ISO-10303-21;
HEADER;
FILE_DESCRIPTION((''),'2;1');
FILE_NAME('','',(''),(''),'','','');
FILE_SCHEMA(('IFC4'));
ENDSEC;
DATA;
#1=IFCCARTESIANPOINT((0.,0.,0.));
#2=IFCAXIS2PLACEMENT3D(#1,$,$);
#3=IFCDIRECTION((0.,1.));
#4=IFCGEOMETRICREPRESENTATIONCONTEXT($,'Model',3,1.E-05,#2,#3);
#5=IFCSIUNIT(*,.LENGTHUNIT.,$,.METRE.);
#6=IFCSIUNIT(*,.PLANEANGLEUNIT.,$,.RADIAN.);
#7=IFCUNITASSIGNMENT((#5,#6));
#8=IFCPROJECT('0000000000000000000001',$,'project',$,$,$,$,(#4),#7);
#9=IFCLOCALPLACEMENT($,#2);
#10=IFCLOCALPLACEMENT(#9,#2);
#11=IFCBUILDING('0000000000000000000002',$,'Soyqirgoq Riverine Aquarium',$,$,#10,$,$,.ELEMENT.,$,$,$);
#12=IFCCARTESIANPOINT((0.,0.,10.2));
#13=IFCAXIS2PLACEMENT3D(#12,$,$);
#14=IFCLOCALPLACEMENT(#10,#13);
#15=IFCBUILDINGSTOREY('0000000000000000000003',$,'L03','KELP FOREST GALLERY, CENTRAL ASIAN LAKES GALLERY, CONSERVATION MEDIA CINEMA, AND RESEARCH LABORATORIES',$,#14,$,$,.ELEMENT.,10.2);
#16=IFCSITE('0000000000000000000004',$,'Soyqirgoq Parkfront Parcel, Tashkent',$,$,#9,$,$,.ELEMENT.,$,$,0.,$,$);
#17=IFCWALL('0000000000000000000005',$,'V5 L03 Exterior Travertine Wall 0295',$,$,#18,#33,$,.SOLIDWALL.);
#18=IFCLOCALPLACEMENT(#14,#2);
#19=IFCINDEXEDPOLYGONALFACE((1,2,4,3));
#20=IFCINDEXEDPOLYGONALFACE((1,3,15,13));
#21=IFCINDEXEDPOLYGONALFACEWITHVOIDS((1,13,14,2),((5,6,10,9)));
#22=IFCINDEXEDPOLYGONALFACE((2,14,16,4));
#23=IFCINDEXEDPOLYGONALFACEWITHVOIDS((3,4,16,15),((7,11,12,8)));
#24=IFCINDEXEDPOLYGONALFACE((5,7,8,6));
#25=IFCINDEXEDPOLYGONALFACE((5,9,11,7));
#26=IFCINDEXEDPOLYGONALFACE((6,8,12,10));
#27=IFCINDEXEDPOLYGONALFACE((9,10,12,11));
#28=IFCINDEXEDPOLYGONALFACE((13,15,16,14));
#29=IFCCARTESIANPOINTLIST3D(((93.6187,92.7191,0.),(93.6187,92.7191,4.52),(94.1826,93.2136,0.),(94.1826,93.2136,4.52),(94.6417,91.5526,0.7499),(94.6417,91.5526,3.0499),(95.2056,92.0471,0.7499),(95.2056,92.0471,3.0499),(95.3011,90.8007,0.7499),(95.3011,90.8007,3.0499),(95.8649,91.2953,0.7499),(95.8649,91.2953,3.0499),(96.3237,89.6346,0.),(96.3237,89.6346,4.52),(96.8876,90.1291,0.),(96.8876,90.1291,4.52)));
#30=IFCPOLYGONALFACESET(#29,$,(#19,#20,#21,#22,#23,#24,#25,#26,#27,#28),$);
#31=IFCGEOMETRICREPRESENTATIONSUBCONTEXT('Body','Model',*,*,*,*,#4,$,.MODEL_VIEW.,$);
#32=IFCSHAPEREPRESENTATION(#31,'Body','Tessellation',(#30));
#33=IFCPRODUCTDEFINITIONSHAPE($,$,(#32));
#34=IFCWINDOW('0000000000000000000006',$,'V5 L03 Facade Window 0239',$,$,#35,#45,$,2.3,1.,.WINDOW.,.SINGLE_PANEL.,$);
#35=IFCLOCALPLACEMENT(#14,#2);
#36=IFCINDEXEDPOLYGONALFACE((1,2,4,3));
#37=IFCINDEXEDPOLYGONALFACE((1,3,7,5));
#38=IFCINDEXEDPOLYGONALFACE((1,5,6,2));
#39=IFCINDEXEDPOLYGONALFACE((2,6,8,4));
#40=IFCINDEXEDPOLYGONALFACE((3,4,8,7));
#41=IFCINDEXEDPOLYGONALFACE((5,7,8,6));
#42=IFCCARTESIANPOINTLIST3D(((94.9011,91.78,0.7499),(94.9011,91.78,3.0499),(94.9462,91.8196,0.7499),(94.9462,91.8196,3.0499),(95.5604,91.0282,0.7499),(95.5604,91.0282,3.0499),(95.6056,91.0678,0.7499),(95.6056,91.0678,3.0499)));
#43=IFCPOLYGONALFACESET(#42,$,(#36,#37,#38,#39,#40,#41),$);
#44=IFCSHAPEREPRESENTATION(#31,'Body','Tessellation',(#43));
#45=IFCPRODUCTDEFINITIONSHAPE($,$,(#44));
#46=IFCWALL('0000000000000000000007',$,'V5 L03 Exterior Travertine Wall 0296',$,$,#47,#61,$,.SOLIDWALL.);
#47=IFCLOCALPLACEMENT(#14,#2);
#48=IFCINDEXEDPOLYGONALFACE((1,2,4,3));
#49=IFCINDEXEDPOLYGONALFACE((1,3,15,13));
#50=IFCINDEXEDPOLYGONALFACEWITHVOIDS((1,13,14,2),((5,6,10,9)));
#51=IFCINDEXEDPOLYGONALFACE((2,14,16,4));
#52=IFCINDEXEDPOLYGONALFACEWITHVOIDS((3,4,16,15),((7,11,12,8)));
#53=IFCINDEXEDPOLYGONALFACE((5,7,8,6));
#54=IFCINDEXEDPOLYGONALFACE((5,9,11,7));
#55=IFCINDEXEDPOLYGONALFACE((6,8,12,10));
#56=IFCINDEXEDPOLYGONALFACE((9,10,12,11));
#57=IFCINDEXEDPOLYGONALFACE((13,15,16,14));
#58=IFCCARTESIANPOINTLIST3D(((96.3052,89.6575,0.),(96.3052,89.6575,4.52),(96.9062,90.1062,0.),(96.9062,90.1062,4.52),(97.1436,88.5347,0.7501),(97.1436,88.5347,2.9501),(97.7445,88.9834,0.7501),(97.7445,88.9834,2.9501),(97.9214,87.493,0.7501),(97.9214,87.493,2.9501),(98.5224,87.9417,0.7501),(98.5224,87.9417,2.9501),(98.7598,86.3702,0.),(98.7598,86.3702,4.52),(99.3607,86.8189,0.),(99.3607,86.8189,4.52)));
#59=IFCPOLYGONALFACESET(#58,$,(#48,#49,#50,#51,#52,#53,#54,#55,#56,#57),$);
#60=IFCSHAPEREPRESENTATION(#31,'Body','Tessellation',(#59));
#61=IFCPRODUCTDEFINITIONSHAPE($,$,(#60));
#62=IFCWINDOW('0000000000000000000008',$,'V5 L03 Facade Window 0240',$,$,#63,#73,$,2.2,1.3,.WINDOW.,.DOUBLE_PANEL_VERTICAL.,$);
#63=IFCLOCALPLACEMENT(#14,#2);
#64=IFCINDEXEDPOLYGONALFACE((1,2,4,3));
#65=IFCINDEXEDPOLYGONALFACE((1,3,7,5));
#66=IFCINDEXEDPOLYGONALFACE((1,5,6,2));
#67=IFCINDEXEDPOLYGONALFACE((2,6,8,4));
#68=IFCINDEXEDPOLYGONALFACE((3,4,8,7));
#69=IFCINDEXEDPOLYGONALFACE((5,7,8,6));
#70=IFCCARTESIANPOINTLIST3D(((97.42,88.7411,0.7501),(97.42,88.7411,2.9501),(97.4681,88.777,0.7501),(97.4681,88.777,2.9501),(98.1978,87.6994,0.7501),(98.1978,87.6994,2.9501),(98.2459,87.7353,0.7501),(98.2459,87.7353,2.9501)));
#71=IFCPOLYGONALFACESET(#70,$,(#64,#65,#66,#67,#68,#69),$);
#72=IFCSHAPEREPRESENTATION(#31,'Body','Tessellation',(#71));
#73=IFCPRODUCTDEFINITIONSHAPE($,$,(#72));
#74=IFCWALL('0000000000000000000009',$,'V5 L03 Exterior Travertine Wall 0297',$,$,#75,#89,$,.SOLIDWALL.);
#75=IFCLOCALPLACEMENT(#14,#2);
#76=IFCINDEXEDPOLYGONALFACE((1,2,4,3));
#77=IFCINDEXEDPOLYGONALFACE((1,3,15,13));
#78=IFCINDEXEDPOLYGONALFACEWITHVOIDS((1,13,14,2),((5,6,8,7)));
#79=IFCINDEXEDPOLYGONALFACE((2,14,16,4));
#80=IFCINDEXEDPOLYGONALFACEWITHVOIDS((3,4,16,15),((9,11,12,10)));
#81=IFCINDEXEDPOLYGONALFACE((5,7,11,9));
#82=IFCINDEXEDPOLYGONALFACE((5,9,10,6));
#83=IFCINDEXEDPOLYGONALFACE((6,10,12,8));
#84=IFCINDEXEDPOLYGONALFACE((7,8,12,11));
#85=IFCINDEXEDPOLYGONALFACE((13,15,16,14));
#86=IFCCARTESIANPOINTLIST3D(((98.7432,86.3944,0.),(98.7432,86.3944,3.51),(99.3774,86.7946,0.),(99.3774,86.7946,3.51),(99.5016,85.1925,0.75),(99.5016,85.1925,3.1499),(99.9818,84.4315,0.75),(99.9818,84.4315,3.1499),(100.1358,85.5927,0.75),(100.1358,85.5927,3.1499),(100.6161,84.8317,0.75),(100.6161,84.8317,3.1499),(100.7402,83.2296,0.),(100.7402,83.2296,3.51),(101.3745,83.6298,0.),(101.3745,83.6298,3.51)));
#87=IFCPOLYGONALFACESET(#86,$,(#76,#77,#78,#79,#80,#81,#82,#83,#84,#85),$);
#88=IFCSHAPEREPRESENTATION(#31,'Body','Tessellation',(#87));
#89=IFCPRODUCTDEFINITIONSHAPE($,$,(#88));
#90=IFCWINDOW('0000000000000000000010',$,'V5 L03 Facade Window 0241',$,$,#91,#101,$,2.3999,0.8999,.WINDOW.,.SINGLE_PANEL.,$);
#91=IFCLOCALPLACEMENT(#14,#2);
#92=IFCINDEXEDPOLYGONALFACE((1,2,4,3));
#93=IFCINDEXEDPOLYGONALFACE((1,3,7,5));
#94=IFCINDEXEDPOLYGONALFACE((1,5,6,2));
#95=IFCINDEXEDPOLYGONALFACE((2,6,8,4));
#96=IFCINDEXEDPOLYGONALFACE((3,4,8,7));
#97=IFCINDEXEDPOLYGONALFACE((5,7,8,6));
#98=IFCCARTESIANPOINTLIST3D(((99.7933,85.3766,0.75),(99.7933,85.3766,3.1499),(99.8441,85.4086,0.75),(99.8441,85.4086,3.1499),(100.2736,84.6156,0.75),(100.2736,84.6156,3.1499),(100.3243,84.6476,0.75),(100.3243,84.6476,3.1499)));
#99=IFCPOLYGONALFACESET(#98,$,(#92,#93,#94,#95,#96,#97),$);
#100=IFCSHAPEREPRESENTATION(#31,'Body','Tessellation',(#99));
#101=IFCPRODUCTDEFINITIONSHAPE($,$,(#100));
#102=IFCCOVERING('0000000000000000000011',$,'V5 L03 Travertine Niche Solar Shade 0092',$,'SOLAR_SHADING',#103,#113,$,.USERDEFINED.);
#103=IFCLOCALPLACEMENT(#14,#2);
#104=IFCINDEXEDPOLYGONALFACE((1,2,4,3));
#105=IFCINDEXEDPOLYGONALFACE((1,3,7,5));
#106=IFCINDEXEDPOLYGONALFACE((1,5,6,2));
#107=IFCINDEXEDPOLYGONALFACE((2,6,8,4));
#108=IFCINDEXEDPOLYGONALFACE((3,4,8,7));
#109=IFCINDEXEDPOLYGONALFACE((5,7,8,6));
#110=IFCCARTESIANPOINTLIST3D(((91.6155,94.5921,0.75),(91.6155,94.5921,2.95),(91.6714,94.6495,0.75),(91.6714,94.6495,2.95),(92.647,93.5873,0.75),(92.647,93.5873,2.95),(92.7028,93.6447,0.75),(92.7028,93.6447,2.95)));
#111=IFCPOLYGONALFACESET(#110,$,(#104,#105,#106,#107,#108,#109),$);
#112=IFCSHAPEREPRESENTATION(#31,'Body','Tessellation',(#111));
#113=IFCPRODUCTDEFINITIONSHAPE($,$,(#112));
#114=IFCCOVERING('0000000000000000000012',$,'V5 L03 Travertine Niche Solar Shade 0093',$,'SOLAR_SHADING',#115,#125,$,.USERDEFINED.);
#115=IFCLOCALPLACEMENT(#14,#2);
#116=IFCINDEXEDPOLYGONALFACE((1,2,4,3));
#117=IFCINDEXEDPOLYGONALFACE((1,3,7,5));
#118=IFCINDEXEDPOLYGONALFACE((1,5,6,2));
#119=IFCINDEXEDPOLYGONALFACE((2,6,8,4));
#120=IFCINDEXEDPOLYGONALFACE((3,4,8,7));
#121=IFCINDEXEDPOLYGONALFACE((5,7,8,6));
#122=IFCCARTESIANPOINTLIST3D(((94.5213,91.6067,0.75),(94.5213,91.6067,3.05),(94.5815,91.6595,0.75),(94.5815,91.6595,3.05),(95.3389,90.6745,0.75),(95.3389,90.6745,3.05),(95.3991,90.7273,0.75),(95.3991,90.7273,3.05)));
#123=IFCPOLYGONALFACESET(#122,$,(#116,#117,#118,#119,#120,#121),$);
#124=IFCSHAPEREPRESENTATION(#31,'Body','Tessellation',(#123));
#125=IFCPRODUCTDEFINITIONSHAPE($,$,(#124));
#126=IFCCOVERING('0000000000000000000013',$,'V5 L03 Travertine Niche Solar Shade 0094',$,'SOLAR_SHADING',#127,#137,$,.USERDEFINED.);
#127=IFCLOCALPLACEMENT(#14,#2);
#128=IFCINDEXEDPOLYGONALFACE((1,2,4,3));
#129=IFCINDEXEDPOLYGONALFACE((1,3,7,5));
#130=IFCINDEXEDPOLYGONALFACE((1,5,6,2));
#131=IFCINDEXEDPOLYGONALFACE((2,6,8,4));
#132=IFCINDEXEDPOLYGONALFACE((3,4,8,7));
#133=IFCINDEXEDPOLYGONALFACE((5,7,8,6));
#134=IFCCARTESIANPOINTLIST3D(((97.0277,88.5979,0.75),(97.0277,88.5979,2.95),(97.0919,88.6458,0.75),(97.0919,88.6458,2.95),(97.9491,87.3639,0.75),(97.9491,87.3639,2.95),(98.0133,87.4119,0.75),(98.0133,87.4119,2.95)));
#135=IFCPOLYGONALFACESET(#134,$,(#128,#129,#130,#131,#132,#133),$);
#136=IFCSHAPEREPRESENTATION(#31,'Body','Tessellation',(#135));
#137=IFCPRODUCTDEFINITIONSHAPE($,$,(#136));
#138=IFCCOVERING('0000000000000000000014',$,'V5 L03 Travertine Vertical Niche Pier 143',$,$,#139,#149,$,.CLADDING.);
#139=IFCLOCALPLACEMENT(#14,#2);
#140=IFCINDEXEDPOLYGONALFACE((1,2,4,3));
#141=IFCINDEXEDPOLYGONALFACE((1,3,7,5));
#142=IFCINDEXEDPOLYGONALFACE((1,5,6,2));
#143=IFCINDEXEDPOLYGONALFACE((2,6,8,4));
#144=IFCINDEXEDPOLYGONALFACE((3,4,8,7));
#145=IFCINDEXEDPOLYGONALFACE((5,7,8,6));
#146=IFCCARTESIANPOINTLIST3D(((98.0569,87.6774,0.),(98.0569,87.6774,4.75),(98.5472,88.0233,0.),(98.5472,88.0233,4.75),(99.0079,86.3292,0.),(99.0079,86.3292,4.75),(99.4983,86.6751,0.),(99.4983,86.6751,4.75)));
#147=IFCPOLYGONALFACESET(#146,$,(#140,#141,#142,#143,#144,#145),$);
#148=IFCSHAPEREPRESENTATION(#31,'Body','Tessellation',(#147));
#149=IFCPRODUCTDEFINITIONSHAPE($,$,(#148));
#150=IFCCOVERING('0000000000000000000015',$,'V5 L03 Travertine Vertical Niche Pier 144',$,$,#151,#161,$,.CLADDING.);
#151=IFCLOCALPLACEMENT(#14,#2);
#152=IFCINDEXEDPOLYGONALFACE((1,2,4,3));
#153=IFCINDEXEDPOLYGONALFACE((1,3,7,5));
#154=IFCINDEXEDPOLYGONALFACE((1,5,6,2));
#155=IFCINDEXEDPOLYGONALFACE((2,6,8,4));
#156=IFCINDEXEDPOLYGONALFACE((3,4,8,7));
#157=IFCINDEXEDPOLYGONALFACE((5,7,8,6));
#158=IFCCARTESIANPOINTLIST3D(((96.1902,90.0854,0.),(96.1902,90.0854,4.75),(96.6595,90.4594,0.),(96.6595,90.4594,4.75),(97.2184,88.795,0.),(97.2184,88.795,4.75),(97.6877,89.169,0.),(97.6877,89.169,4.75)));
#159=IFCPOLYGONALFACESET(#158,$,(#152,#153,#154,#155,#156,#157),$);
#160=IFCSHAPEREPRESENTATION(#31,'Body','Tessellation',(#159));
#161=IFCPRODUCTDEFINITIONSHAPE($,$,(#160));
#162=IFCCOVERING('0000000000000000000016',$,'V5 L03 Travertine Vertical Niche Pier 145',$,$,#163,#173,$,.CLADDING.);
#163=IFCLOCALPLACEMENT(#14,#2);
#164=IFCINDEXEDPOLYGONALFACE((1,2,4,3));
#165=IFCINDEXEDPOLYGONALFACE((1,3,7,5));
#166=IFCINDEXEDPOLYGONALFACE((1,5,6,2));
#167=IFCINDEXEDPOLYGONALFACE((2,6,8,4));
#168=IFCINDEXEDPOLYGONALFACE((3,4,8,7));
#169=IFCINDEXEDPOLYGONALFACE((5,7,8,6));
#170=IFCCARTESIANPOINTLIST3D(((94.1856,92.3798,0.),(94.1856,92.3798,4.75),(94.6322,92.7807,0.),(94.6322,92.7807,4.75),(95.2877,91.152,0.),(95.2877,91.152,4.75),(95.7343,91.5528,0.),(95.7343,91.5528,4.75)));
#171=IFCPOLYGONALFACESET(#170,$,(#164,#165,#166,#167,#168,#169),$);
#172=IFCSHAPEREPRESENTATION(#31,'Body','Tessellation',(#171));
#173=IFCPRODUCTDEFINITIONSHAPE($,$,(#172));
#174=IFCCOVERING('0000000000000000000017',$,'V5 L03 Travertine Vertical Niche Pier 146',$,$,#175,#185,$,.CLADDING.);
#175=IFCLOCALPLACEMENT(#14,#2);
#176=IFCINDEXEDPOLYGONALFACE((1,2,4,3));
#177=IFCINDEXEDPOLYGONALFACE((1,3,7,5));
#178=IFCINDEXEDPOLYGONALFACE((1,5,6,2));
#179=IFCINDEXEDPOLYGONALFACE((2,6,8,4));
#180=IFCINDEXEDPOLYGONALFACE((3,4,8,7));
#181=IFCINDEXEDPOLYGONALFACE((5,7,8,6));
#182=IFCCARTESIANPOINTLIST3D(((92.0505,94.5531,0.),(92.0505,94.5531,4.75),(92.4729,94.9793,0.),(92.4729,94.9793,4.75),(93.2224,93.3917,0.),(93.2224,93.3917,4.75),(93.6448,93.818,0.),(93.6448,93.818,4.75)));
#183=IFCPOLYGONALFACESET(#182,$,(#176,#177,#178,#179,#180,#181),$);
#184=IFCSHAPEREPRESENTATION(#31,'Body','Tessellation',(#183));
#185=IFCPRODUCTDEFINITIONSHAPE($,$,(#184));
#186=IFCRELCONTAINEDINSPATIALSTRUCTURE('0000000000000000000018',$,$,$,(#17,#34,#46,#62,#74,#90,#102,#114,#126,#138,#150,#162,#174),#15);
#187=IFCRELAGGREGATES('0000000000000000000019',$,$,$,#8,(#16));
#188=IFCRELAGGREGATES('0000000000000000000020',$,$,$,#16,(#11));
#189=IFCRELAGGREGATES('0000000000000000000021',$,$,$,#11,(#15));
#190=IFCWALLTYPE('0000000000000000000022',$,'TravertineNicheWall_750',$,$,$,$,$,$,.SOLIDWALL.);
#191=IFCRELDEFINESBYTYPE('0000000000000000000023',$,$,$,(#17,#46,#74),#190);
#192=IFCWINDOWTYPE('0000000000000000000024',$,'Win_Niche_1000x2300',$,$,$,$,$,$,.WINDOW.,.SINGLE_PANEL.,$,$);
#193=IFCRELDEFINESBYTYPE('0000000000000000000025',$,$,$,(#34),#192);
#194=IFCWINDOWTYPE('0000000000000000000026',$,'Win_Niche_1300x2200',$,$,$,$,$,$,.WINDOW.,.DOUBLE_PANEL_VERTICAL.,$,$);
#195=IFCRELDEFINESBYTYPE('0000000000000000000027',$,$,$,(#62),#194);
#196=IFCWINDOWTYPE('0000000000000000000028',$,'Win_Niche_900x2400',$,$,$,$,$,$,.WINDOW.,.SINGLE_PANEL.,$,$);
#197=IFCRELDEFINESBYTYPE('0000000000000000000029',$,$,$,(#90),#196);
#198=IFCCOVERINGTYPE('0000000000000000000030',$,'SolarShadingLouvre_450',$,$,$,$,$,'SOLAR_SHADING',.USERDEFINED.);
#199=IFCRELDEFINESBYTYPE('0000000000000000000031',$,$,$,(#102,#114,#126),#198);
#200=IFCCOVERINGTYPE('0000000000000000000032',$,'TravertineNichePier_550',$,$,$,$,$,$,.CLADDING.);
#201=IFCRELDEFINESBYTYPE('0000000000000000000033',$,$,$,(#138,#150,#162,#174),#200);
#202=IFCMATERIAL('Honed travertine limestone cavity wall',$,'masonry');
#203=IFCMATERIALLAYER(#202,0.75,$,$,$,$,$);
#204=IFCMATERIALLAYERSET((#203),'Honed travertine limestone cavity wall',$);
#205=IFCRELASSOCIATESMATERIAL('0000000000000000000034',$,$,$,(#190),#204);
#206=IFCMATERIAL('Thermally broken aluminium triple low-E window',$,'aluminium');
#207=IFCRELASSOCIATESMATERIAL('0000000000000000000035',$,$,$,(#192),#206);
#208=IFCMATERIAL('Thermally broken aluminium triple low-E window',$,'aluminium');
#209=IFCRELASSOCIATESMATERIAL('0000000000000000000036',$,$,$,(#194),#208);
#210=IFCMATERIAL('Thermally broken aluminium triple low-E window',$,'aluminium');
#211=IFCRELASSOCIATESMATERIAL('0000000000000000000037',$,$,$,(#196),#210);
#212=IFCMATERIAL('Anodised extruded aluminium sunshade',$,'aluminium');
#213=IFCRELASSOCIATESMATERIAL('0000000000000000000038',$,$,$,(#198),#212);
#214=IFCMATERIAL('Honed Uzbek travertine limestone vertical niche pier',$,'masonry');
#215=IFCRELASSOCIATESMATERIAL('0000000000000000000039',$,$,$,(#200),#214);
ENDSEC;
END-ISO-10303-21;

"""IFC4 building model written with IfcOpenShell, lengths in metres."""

from ifc_helpers import new_model, si_unit, direction, frame, frame_2d, origin, origin_2d, place, context, subcontext, project, spatial, rectangle, extrude, material, layer, layer_set, type_object, element, fill, save


model = new_model("IFC4")

# Units and contexts
model_context = context("Model", 3, precision=1e-05, world=origin(), true_north=direction((0.0, 1.0)))
body_context = subcontext(model_context, "Body", "Model", "MODEL_VIEW")
ifc_project = project(units=[si_unit("LENGTHUNIT", "METRE"), si_unit("PLANEANGLEUNIT", "RADIAN")], contexts=[model_context])

# Site, building, storey
site_placement = place(None, origin())
site = spatial("IfcSite", under=ifc_project, at=site_placement, Name="Soyqirgoq Parkfront Parcel, Tashkent", CompositionType="ELEMENT", RefElevation=0.0)
building_placement = place(site_placement, origin())
building = spatial("IfcBuilding", under=site, at=building_placement, Name="Soyqirgoq Riverine Aquarium", CompositionType="ELEMENT")
storey_placement = place(building_placement, frame((0.0, 0.0, 10.2)))
storey = spatial("IfcBuildingStorey", under=building, at=storey_placement, Name="L03", Description="KELP FOREST GALLERY, CENTRAL ASIAN LAKES GALLERY, CONSERVATION MEDIA CINEMA, AND RESEARCH LABORATORIES", CompositionType="ELEMENT", Elevation=10.2)

# Walls, openings, windows
ifc_material_1 = material(Name="Honed travertine limestone cavity wall", Category="masonry")
ifc_layer = layer(ifc_material_1, 0.75)
ifc_layer_set = layer_set([ifc_layer], Name="Honed travertine limestone cavity wall")
wall_type = type_object("IfcWallType", Name="TravertineNicheWall_750", PredefinedType="SOLIDWALL", material=ifc_layer_set)
wall_1_placement = place(storey_placement, frame((93.9006, 92.9663, 0.0), z_axis=(0.0, 0.0, 1.0), x_axis=(0.659355, -0.751832, 0.0)))
wall_1 = element("IfcWall", 1, at=wall_1_placement, inside=storey, type_object=wall_type, Name="V5 L03 Exterior Travertine Wall 0295", PredefinedType="SOLIDWALL", context=body_context, shape_type="SweptSolid", body=[
    extrude(rectangle(XDim=4.1025, YDim=0.75, at=frame_2d((2.0513, 0.0))), origin(), (0.0, 0.0, 1.0), 4.52),
])
opening_1_placement = place(wall_1_placement, frame((1.5515, 0.0, 0.75)))
opening_1 = element("IfcOpeningElement", 2, at=opening_1_placement, cuts=wall_1, PredefinedType="OPENING", context=body_context, shape_type="SweptSolid", body=[
    extrude(rectangle(XDim=1.0, YDim=2.3, at=frame_2d((0.5, 1.1499))), frame((0.0, 0.385, 0.0), z_axis=(0.0, -1.0, 0.0), x_axis=(1.0, 0.0, 0.0)), (0.0, 0.0, 1.0), 0.77),
])
ifc_material_2 = material(Name="Thermally broken aluminium triple low-E window", Category="aluminium")
window_type_1 = type_object("IfcWindowType", Name="Win_Niche_1000x2300", PartitioningType="SINGLE_PANEL", PredefinedType="WINDOW", material=ifc_material_2)
window_1_placement = place(opening_1_placement, origin())
window_1 = element("IfcWindow", 3, at=window_1_placement, inside=storey, type_object=window_type_1, Name="V5 L03 Facade Window 0239", OverallHeight=2.3, OverallWidth=1.0, PartitioningType="SINGLE_PANEL", PredefinedType="WINDOW", context=body_context, shape_type="SweptSolid", body=[
    extrude(rectangle(XDim=1.0, YDim=2.3, at=frame_2d((0.5, 1.1499))), frame((0.0, 0.03, 0.0), z_axis=(0.0, -1.0, 0.0), x_axis=(1.0, 0.0, 0.0)), (0.0, 0.0, 1.0), 0.0601),
])
fill(opening_1, window_1)
wall_2_placement = place(storey_placement, frame((96.6057, 89.8818, 0.0), z_axis=(0.0, 0.0, 1.0), x_axis=(0.598294, -0.801276, 0.0)))
wall_2 = element("IfcWall", 4, at=wall_2_placement, inside=storey, type_object=wall_type, Name="V5 L03 Exterior Travertine Wall 0296", PredefinedType="SOLIDWALL", context=body_context, shape_type="SweptSolid", body=[
    extrude(rectangle(XDim=4.1025, YDim=0.75, at=frame_2d((2.0513, 0.0))), origin(), (0.0, 0.0, 1.0), 4.52),
])
opening_2_placement = place(wall_2_placement, frame((1.4014, 0.0, 0.75)))
opening_2 = element("IfcOpeningElement", 5, at=opening_2_placement, cuts=wall_2, PredefinedType="OPENING", context=body_context, shape_type="SweptSolid", body=[
    extrude(rectangle(XDim=1.3, YDim=2.2, at=frame_2d((0.6499, 1.1001))), frame((0.0, 0.385, 0.0), z_axis=(0.0, -1.0, 0.0), x_axis=(1.0, 0.0, 0.0)), (0.0, 0.0, 1.0), 0.77),
])
ifc_material_3 = material(Name="Thermally broken aluminium triple low-E window", Category="aluminium")
window_type_2 = type_object("IfcWindowType", Name="Win_Niche_1300x2200", PartitioningType="DOUBLE_PANEL_VERTICAL", PredefinedType="WINDOW", material=ifc_material_3)
window_2_placement = place(opening_2_placement, origin())
window_2 = element("IfcWindow", 6, at=window_2_placement, inside=storey, type_object=window_type_2, Name="V5 L03 Facade Window 0240", OverallHeight=2.2, OverallWidth=1.3, PartitioningType="DOUBLE_PANEL_VERTICAL", PredefinedType="WINDOW", context=body_context, shape_type="SweptSolid", body=[
    extrude(rectangle(XDim=1.3, YDim=2.2, at=frame_2d((0.6499, 1.1001))), frame((0.0, 0.03, 0.0), z_axis=(0.0, -1.0, 0.0), x_axis=(1.0, 0.0, 0.0)), (0.0, 0.0, 1.0), 0.0601),
])
fill(opening_2, window_2)
wall_3_placement = place(storey_placement, frame((99.0603, 86.5945, 0.0), z_axis=(0.0, 0.0, 1.0), x_axis=(0.533659, -0.8457, 0.0)))
wall_3 = element("IfcWall", 7, at=wall_3_placement, inside=storey, type_object=wall_type, Name="V5 L03 Exterior Travertine Wall 0297", PredefinedType="SOLIDWALL", context=body_context, shape_type="SweptSolid", body=[
    extrude(rectangle(XDim=3.7422, YDim=0.75, at=frame_2d((1.8711, 0.0))), origin(), (0.0, 0.0, 1.0), 3.51),
])
opening_3_placement = place(wall_3_placement, frame((1.4211, 0.0, 0.75)))
opening_3 = element("IfcOpeningElement", 8, at=opening_3_placement, cuts=wall_3, PredefinedType="OPENING", context=body_context, shape_type="SweptSolid", body=[
    extrude(rectangle(XDim=0.8999, YDim=2.3999, at=frame_2d((0.45, 1.2))), frame((0.0, 0.385, 0.0), z_axis=(0.0, -1.0, 0.0), x_axis=(1.0, 0.0, 0.0)), (0.0, 0.0, 1.0), 0.77),
])
ifc_material_4 = material(Name="Thermally broken aluminium triple low-E window", Category="aluminium")
window_type_3 = type_object("IfcWindowType", Name="Win_Niche_900x2400", PartitioningType="SINGLE_PANEL", PredefinedType="WINDOW", material=ifc_material_4)
window_3_placement = place(opening_3_placement, origin())
window_3 = element("IfcWindow", 9, at=window_3_placement, inside=storey, type_object=window_type_3, Name="V5 L03 Facade Window 0241", OverallHeight=2.3999, OverallWidth=0.8999, PartitioningType="SINGLE_PANEL", PredefinedType="WINDOW", context=body_context, shape_type="SweptSolid", body=[
    extrude(rectangle(XDim=0.8999, YDim=2.3999, at=frame_2d((0.45, 1.2))), frame((0.0, 0.03, 0.0), z_axis=(0.0, -1.0, 0.0), x_axis=(1.0, 0.0, 0.0)), (0.0, 0.0, 1.0), 0.0601),
])
fill(opening_3, window_3)

# Coverings
ifc_material_5 = material(Name="Anodised extruded aluminium sunshade", Category="aluminium")
covering_type_1 = type_object("IfcCoveringType", Name="SolarShadingLouvre_450", ElementType="SOLAR_SHADING", PredefinedType="USERDEFINED", material=ifc_material_5)
covering_1_placement = place(storey_placement, frame((92.1592, 94.1184, 0.75), z_axis=(0.0, 0.0, 1.0), x_axis=(0.716302, -0.69779, 0.0)))
element("IfcCovering", 10, at=covering_1_placement, inside=storey, type_object=covering_type_1, Name="V5 L03 Travertine Niche Solar Shade 0092", ObjectType="SOLAR_SHADING", PredefinedType="USERDEFINED", context=body_context, shape_type="SweptSolid", body=[
    extrude(rectangle(XDim=1.4399, YDim=0.0801, at=origin_2d()), origin(), (0.0, 0.0, 1.0), 2.2),
])
covering_2_placement = place(storey_placement, frame((94.9602, 91.167, 0.75), z_axis=(0.0, 0.0, 1.0), x_axis=(0.659346, -0.75184, 0.0)))
element("IfcCovering", 11, at=covering_2_placement, inside=storey, type_object=covering_type_1, Name="V5 L03 Travertine Niche Solar Shade 0093", ObjectType="SOLAR_SHADING", PredefinedType="USERDEFINED", context=body_context, shape_type="SweptSolid", body=[
    extrude(rectangle(XDim=1.24, YDim=0.0801, at=origin_2d()), origin(), (0.0, 0.0, 1.0), 2.3),
])
covering_3_placement = place(storey_placement, frame((97.5205, 88.0049, 0.75), z_axis=(0.0, 0.0, 1.0), x_axis=(0.598325, -0.801254, 0.0)))
element("IfcCovering", 12, at=covering_3_placement, inside=storey, type_object=covering_type_1, Name="V5 L03 Travertine Niche Solar Shade 0094", ObjectType="SOLAR_SHADING", PredefinedType="USERDEFINED", context=body_context, shape_type="SweptSolid", body=[
    extrude(rectangle(XDim=1.54, YDim=0.0801, at=origin_2d()), origin(), (0.0, 0.0, 1.0), 2.2),
])
ifc_material_6 = material(Name="Honed Uzbek travertine limestone vertical niche pier", Category="masonry")
covering_type_2 = type_object("IfcCoveringType", Name="TravertineNichePier_550", PredefinedType="CLADDING", material=ifc_material_6)
for number, where, z_axis, x_axis, name in (
    (13, (98.7776, 87.1763, 0.0), (0.0, 0.0, 1.0), (0.817145, 0.576432, 0.0), "V5 L03 Travertine Vertical Niche Pier 143"),
    (14, (96.939, 89.6272, 0.0), (0.0, 0.0, 1.0), (0.782065, 0.623197, 0.0), "V5 L03 Travertine Vertical Niche Pier 144"),
    (15, (94.96, 91.9663, 0.0), (0.0, 0.0, 1.0), (0.744195, 0.667962, 0.0), "V5 L03 Travertine Vertical Niche Pier 145"),
    (16, (92.8477, 94.1855, 0.0), (0.0, 0.0, 1.0), (0.703891, 0.710308, 0.0), "V5 L03 Travertine Vertical Niche Pier 146"),
):
    element("IfcCovering", number, at=place(storey_placement, frame(where, z_axis=z_axis, x_axis=x_axis)), inside=storey, type_object=covering_type_2, Name=name, PredefinedType="CLADDING", context=body_context, shape_type="SweptSolid", body=[
        extrude(rectangle(XDim=0.6001, YDim=1.6499, at=origin_2d()), origin(), (0.0, 0.0, 1.0), 4.75),
    ])

save(model, "model.ifc")
